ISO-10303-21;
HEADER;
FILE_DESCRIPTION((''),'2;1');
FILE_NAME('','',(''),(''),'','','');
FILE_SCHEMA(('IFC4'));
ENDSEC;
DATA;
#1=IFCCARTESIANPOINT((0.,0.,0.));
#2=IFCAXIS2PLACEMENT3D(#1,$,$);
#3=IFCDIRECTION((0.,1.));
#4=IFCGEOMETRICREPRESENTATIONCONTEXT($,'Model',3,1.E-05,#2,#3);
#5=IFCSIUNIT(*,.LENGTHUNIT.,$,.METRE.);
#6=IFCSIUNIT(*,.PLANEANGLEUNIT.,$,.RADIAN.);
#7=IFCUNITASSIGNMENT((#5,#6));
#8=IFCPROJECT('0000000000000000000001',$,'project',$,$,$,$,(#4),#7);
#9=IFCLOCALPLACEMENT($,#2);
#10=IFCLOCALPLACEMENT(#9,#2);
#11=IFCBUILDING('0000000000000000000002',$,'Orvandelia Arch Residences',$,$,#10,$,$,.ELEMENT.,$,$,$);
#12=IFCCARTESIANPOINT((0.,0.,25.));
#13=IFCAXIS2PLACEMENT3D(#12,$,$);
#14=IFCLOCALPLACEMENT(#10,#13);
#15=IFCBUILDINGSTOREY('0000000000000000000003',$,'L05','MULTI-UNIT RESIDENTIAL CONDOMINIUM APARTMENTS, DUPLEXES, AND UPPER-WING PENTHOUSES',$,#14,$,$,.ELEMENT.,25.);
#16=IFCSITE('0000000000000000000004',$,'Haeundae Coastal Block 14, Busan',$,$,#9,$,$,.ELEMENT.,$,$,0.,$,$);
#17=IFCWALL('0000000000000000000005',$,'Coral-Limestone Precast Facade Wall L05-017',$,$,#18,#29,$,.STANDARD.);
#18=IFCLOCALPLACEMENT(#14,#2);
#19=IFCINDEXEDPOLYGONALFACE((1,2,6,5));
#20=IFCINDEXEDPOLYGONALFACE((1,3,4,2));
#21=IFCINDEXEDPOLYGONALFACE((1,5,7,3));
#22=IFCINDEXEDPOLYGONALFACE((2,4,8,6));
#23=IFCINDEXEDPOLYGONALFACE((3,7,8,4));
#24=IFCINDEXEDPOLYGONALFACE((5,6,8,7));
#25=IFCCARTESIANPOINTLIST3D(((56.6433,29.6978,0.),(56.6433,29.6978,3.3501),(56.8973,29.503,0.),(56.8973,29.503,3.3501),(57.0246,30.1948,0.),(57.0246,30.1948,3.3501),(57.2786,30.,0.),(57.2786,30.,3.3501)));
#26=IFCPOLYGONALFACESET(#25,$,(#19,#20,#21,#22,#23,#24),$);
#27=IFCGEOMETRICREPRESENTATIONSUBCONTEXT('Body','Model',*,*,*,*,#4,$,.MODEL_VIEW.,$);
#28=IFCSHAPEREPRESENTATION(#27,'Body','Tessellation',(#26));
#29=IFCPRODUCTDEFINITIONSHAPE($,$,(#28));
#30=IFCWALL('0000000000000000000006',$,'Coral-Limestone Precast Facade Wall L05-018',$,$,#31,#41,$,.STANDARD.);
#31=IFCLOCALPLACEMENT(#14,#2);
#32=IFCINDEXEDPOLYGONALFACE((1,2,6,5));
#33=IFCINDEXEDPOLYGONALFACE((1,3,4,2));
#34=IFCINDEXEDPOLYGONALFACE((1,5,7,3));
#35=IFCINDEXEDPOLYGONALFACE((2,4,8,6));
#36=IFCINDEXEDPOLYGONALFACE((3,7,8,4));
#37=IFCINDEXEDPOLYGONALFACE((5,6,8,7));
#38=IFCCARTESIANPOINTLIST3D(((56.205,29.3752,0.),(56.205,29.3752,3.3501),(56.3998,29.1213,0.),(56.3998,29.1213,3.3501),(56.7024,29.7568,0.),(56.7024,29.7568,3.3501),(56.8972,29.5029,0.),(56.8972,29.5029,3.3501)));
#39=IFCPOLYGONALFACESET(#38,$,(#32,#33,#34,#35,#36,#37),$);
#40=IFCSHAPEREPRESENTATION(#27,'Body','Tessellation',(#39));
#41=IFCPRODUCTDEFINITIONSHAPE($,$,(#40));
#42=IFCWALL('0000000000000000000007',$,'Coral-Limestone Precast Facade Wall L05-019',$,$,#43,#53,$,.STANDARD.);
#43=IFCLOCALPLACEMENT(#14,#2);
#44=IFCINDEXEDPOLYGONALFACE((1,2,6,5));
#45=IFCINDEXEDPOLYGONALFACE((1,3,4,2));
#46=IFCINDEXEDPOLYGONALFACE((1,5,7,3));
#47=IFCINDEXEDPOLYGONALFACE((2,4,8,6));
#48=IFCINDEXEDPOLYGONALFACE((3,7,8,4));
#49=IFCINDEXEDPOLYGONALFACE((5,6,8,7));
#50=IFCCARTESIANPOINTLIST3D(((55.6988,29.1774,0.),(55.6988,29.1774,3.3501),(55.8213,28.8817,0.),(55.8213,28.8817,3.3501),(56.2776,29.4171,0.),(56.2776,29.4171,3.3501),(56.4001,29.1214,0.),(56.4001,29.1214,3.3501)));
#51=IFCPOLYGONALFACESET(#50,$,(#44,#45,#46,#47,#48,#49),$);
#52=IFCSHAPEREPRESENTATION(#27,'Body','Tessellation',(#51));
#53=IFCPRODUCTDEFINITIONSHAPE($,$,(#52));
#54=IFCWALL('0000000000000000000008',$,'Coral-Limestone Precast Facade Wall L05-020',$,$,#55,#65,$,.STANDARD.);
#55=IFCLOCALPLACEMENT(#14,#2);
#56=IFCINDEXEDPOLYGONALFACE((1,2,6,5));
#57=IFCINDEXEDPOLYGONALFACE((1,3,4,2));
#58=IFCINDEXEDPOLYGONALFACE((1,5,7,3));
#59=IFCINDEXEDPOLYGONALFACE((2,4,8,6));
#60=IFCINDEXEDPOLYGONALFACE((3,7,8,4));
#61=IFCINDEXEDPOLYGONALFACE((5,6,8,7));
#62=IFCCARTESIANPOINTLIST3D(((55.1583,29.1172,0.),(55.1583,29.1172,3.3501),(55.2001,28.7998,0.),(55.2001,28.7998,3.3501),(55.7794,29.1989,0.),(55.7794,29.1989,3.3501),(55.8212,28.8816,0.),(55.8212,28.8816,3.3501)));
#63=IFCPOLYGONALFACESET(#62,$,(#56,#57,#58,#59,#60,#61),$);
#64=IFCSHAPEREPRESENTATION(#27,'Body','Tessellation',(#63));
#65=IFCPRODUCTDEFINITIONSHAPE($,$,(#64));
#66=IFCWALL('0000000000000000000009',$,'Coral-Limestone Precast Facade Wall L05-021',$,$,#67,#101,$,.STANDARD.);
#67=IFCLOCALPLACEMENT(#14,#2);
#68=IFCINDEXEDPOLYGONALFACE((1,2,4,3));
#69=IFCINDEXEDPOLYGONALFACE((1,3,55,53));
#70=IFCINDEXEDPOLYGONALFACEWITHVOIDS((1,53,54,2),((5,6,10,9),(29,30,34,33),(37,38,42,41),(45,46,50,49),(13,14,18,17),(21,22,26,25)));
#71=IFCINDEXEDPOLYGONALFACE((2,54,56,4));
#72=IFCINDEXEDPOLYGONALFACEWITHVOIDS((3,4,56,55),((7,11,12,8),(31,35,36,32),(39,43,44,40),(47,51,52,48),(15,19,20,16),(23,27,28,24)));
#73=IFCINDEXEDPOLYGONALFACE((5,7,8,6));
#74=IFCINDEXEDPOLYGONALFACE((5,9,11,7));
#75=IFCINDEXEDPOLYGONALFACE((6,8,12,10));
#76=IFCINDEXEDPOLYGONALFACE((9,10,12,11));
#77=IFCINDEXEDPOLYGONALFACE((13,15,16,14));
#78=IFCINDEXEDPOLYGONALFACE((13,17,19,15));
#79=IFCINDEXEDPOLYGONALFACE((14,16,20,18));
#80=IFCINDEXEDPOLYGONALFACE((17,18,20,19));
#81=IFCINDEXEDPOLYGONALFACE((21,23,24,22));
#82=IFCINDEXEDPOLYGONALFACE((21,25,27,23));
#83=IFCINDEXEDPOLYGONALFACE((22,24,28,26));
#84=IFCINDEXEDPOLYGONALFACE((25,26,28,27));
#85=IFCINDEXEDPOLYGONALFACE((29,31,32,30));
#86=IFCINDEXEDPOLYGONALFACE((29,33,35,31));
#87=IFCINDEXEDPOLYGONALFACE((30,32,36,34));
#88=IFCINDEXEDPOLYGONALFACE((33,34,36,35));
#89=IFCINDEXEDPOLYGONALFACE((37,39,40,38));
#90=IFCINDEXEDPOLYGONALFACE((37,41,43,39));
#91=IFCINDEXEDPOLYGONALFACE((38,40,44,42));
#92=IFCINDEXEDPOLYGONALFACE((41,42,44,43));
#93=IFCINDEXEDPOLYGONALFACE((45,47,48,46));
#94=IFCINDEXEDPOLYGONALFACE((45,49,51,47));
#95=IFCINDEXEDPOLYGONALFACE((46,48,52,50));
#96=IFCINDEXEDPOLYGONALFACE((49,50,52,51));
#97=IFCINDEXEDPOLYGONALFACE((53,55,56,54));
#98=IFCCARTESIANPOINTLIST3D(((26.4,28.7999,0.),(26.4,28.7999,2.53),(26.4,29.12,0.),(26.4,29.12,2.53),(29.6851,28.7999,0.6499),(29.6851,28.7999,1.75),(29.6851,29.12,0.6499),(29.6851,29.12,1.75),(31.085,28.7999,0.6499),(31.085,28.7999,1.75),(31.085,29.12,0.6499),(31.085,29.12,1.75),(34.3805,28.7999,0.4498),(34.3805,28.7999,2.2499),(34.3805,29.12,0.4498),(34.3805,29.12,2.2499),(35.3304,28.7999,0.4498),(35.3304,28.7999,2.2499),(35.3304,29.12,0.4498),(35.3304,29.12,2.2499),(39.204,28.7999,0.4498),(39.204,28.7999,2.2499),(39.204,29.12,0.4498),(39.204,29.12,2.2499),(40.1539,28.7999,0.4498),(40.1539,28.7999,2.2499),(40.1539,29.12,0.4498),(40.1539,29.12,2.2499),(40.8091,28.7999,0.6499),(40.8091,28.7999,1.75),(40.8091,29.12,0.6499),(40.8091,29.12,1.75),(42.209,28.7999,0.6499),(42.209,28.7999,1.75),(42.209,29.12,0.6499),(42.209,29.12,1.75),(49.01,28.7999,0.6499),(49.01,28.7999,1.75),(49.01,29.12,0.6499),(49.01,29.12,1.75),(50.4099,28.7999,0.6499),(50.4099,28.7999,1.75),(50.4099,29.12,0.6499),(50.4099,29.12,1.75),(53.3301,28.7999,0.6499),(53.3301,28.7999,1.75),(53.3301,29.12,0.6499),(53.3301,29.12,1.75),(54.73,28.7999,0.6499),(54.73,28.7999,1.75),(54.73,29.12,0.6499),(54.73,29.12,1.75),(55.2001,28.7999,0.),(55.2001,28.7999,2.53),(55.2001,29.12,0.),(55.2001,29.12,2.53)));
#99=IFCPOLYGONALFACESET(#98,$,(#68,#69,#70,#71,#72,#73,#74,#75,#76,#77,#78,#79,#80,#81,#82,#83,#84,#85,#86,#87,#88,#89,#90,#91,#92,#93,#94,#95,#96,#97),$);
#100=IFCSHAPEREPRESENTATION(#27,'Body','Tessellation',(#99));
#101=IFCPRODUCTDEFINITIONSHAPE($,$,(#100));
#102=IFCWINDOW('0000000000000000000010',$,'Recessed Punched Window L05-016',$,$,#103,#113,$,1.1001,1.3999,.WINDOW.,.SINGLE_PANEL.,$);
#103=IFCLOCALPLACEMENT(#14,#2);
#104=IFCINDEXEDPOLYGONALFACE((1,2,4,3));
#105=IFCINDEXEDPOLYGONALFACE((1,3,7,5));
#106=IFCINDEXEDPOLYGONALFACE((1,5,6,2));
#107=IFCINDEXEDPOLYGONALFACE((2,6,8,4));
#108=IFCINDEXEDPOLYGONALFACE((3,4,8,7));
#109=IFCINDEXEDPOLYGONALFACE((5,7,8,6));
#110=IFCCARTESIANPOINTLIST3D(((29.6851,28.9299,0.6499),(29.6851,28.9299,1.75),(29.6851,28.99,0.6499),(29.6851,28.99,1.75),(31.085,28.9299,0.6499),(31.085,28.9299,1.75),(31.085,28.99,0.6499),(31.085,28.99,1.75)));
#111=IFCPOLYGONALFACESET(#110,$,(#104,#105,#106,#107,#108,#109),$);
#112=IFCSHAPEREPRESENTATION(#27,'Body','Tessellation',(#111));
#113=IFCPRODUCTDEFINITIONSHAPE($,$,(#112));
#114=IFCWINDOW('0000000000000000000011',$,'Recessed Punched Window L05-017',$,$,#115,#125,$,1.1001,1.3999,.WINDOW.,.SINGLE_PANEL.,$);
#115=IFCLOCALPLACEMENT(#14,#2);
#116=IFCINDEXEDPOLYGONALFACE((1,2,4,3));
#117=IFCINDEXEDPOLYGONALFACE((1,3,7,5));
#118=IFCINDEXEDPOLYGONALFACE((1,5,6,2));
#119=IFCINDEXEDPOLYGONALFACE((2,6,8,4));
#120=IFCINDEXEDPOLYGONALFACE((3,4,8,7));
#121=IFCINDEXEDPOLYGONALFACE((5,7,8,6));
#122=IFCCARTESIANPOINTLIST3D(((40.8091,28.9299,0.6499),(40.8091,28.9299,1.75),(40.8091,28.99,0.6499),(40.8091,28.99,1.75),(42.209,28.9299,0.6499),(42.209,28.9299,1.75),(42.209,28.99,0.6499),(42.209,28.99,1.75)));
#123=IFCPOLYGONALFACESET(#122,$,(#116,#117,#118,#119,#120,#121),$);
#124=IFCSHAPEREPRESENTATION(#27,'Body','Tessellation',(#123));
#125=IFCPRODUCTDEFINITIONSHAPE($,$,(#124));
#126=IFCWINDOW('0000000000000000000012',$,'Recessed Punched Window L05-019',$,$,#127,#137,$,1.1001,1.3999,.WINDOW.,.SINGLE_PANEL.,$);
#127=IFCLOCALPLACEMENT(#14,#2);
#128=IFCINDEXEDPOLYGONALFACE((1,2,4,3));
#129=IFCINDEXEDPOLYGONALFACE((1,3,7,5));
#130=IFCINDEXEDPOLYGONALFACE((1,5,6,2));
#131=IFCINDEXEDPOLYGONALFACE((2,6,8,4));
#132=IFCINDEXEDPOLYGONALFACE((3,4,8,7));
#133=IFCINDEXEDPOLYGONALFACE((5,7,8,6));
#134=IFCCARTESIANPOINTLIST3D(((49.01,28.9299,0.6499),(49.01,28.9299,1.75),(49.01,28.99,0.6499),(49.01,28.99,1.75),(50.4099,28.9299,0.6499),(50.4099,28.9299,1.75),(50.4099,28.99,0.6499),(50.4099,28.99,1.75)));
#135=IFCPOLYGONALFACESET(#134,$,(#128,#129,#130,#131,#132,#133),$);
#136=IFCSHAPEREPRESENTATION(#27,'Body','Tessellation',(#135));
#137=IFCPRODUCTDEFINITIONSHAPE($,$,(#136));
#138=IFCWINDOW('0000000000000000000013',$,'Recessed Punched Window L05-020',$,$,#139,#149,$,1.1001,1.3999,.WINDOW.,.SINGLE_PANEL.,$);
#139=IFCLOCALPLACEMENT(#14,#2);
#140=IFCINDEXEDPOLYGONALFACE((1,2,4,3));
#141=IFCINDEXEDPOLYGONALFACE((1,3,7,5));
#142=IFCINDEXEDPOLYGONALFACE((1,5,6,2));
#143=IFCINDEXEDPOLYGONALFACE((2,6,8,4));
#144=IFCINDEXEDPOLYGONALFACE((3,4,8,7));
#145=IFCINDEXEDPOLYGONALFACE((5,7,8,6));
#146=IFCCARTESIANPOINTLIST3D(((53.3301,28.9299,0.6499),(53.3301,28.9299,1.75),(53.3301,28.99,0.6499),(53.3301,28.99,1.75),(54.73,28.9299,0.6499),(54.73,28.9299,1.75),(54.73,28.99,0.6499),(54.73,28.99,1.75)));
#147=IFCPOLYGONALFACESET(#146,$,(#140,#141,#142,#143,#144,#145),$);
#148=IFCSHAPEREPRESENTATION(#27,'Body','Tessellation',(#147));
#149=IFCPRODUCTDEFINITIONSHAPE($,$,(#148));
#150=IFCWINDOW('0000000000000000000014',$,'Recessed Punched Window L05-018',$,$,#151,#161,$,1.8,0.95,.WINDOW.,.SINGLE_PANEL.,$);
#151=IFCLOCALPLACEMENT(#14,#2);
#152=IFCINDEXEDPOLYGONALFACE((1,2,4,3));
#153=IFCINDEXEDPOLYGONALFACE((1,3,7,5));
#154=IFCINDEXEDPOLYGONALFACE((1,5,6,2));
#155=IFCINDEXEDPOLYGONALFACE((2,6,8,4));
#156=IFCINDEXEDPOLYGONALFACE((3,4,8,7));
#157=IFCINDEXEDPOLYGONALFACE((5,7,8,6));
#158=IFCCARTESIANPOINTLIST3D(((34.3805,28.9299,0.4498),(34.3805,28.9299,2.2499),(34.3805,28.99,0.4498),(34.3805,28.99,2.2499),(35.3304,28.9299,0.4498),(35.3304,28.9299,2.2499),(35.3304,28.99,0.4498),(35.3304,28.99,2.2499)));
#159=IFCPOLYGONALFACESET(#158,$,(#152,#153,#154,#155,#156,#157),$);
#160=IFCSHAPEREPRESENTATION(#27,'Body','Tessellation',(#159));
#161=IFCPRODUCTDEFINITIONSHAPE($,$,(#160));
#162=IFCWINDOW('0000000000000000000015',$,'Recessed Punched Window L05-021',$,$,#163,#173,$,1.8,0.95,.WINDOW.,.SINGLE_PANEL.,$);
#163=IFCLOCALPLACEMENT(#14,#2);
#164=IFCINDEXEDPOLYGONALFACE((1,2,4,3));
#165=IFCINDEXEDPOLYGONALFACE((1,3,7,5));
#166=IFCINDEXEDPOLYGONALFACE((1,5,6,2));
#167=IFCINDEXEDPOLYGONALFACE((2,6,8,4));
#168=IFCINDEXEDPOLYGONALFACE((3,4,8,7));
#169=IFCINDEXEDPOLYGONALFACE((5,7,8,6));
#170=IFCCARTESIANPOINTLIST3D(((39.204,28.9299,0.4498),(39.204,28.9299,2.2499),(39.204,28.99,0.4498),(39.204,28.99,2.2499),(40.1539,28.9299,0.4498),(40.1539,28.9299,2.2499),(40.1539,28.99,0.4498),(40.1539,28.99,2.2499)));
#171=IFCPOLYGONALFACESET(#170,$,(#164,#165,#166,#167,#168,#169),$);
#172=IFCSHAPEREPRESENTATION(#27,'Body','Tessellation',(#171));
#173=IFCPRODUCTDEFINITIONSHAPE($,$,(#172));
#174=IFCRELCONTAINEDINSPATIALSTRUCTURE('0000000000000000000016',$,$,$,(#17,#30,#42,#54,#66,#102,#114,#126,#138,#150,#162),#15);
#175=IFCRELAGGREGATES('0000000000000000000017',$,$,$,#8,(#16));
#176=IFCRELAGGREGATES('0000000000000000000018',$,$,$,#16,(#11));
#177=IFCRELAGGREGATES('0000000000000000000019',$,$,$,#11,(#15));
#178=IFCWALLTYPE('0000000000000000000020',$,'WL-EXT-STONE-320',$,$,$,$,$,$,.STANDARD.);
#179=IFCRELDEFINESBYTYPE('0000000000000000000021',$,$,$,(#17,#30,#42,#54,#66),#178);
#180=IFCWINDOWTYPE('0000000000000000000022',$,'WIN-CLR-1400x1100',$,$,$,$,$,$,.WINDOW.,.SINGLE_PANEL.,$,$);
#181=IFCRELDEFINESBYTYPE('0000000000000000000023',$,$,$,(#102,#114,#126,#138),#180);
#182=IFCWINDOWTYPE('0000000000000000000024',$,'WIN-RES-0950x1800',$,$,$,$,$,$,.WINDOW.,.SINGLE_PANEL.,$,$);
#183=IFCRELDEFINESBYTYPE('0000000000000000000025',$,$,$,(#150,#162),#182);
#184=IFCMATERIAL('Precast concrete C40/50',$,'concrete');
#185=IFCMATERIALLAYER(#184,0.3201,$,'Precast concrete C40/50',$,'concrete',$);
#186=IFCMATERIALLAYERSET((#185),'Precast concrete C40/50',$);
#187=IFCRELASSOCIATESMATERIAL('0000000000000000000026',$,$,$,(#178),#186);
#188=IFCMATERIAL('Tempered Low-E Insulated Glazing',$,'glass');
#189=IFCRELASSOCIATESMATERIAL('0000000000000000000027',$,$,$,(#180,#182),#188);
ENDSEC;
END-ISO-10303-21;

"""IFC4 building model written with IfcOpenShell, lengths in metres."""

from ifc_helpers import new_model, si_unit, direction, frame, frame_2d, origin, place, context, subcontext, project, spatial, rectangle, extrude, material, layer, layer_set, type_object, element, fill, save


model = new_model("IFC4")

# Units and contexts
model_context = context("Model", 3, precision=1e-05, world=origin(), true_north=direction((0.0, 1.0)))
body_context = subcontext(model_context, "Body", "Model", "MODEL_VIEW")
ifc_project = project(units=[si_unit("LENGTHUNIT", "METRE"), si_unit("PLANEANGLEUNIT", "RADIAN")], contexts=[model_context])

# Site, building, storey
site_placement = place(None, origin())
site = spatial("IfcSite", under=ifc_project, at=site_placement, Name="Haeundae Coastal Block 14, Busan", CompositionType="ELEMENT", RefElevation=0.0)
building_placement = place(site_placement, origin())
building = spatial("IfcBuilding", under=site, at=building_placement, Name="Orvandelia Arch Residences", CompositionType="ELEMENT")
storey_placement = place(building_placement, frame((0.0, 0.0, 25.0)))
storey = spatial("IfcBuildingStorey", under=building, at=storey_placement, Name="L05", Description="MULTI-UNIT RESIDENTIAL CONDOMINIUM APARTMENTS, DUPLEXES, AND UPPER-WING PENTHOUSES", CompositionType="ELEMENT", Elevation=25.0)

# Walls
ifc_material_1 = material(Name="Precast concrete C40/50", Category="concrete")
ifc_layer_1 = layer(ifc_material_1, 0.3201, Name="Precast concrete C40/50", Category="concrete")
ifc_layer_set_1 = layer_set([ifc_layer_1], Name="Precast concrete C40/50")
wall_type_1 = type_object("IfcWallType", Name="WL-EXT-STONE-320", PredefinedType="STANDARD", material=ifc_layer_set_1)
wall_1_placement = place(storey_placement, frame((57.1516, 30.0974, 0.0), z_axis=(0.0, 0.0, 1.0), x_axis=(-0.608693, -0.793406, 0.0)))
element("IfcWall", 1, at=wall_1_placement, inside=storey, type_object=wall_type_1, Name="Coral-Limestone Precast Facade Wall L05-017", PredefinedType="STANDARD", context=body_context, shape_type="SweptSolid", body=[
    extrude(rectangle(XDim=0.6265, YDim=0.3201, at=frame_2d((0.3132, 0.0))), origin(), (0.0, 0.0, 1.0), 3.3501),
])
wall_2_placement = place(storey_placement, frame((56.7998, 29.6299, 0.0), z_axis=(0.0, 0.0, 1.0), x_axis=(-0.793362, -0.60875, 0.0)))
element("IfcWall", 2, at=wall_2_placement, inside=storey, type_object=wall_type_1, Name="Coral-Limestone Precast Facade Wall L05-018", PredefinedType="STANDARD", context=body_context, shape_type="SweptSolid", body=[
    extrude(rectangle(XDim=0.627, YDim=0.3201, at=frame_2d((0.3135, 0.0))), origin(), (0.0, 0.0, 1.0), 3.3501),
])
for number, where, z_axis, x_axis, name in (
    (3, (56.3389, 29.2693, 0.0), (0.0, 0.0, 1.0), (-0.923893, -0.38265, 0.0), "Coral-Limestone Precast Facade Wall L05-019"),
    (4, (55.8003, 29.0403, 0.0), (0.0, 0.0, 1.0), (-0.991441, -0.130555, 0.0), "Coral-Limestone Precast Facade Wall L05-020"),
):
    element("IfcWall", number, at=place(storey_placement, frame(where, z_axis=z_axis, x_axis=x_axis)), inside=storey, type_object=wall_type_1, Name=name, PredefinedType="STANDARD", context=body_context, shape_type="SweptSolid", body=[
        extrude(rectangle(XDim=0.6265, YDim=0.3201, at=frame_2d((0.3132, 0.0))), origin(), (0.0, 0.0, 1.0), 3.3501),
    ])

# Wall, openings, windows
wall_3_placement = place(storey_placement, frame((55.2, 28.96, 0.0), z_axis=(0.0, 0.0, 1.0), x_axis=(-1.0, 0.0, 0.0)))
wall_3 = element("IfcWall", 5, at=wall_3_placement, inside=storey, type_object=wall_type_1, Name="Coral-Limestone Precast Facade Wall L05-021", PredefinedType="STANDARD", context=body_context, shape_type="SweptSolid", body=[
    extrude(rectangle(XDim=28.8, YDim=0.3201, at=frame_2d((14.3999, 0.0))), origin(), (0.0, 0.0, 1.0), 2.53),
])
opening_1_placement = place(wall_3_placement, frame((24.115, 0.0, 0.6499)))
opening_1 = element("IfcOpeningElement", 6, at=opening_1_placement, cuts=wall_3, PredefinedType="OPENING", context=body_context, shape_type="SweptSolid", body=[
    extrude(rectangle(XDim=1.3999, YDim=1.1001, at=frame_2d((0.7, 0.55))), frame((0.0, 0.1699, 0.0), z_axis=(0.0, -1.0, 0.0), x_axis=(1.0, 0.0, 0.0)), (0.0, 0.0, 1.0), 0.3401),
])
opening_2_placement = place(wall_3_placement, frame((12.991, 0.0, 0.6499)))
opening_2 = element("IfcOpeningElement", 7, at=opening_2_placement, cuts=wall_3, PredefinedType="OPENING", context=body_context, shape_type="SweptSolid", body=[
    extrude(rectangle(XDim=1.3999, YDim=1.1001, at=frame_2d((0.7, 0.55))), frame((0.0, 0.1699, 0.0), z_axis=(0.0, -1.0, 0.0), x_axis=(1.0, 0.0, 0.0)), (0.0, 0.0, 1.0), 0.3401),
])
opening_3_placement = place(wall_3_placement, frame((19.8694, 0.0, 0.45)))
opening_3 = element("IfcOpeningElement", 8, at=opening_3_placement, cuts=wall_3, PredefinedType="OPENING", context=body_context, shape_type="SweptSolid", body=[
    extrude(rectangle(XDim=0.95, YDim=1.8, at=frame_2d((0.4751, 0.8999))), frame((0.0, 0.1699, 0.0), z_axis=(0.0, -1.0, 0.0), x_axis=(1.0, 0.0, 0.0)), (0.0, 0.0, 1.0), 0.3401),
])
opening_4_placement = place(wall_3_placement, frame((4.79, 0.0, 0.6499)))
opening_4 = element("IfcOpeningElement", 9, at=opening_4_placement, cuts=wall_3, PredefinedType="OPENING", context=body_context, shape_type="SweptSolid", body=[
    extrude(rectangle(XDim=1.3999, YDim=1.1001, at=frame_2d((0.7, 0.55))), frame((0.0, 0.1699, 0.0), z_axis=(0.0, -1.0, 0.0), x_axis=(1.0, 0.0, 0.0)), (0.0, 0.0, 1.0), 0.3401),
])
opening_5_placement = place(wall_3_placement, frame((0.47, 0.0, 0.6499)))
opening_5 = element("IfcOpeningElement", 10, at=opening_5_placement, cuts=wall_3, PredefinedType="OPENING", context=body_context, shape_type="SweptSolid", body=[
    extrude(rectangle(XDim=1.3999, YDim=1.1001, at=frame_2d((0.7, 0.55))), frame((0.0, 0.1699, 0.0), z_axis=(0.0, -1.0, 0.0), x_axis=(1.0, 0.0, 0.0)), (0.0, 0.0, 1.0), 0.3401),
])
opening_6_placement = place(wall_3_placement, frame((15.0459, 0.0, 0.45)))
opening_6 = element("IfcOpeningElement", 11, at=opening_6_placement, cuts=wall_3, PredefinedType="OPENING", context=body_context, shape_type="SweptSolid", body=[
    extrude(rectangle(XDim=0.95, YDim=1.8, at=frame_2d((0.4751, 0.8999))), frame((0.0, 0.1699, 0.0), z_axis=(0.0, -1.0, 0.0), x_axis=(1.0, 0.0, 0.0)), (0.0, 0.0, 1.0), 0.3401),
])
ifc_material_2 = material(Name="Tempered Low-E Insulated Glazing", Category="glass")
window_type_1 = type_object("IfcWindowType", Name="WIN-CLR-1400x1100", PartitioningType="SINGLE_PANEL", PredefinedType="WINDOW", material=ifc_material_2)
window_1_placement = place(opening_1_placement, origin())
window_1 = element("IfcWindow", 12, at=window_1_placement, inside=storey, type_object=window_type_1, Name="Recessed Punched Window L05-016", OverallHeight=1.1001, OverallWidth=1.3999, PartitioningType="SINGLE_PANEL", PredefinedType="WINDOW", context=body_context, shape_type="SweptSolid", body=[
    extrude(rectangle(XDim=1.3999, YDim=1.1001, at=frame_2d((0.7, 0.55))), frame((0.0, 0.03, 0.0), z_axis=(0.0, -1.0, 0.0), x_axis=(1.0, 0.0, 0.0)), (0.0, 0.0, 1.0), 0.0601),
])
fill(opening_1, window_1)
window_2_placement = place(opening_2_placement, origin())
window_2 = element("IfcWindow", 13, at=window_2_placement, inside=storey, type_object=window_type_1, Name="Recessed Punched Window L05-017", OverallHeight=1.1001, OverallWidth=1.3999, PartitioningType="SINGLE_PANEL", PredefinedType="WINDOW", context=body_context, shape_type="SweptSolid", body=[
    extrude(rectangle(XDim=1.3999, YDim=1.1001, at=frame_2d((0.7, 0.55))), frame((0.0, 0.03, 0.0), z_axis=(0.0, -1.0, 0.0), x_axis=(1.0, 0.0, 0.0)), (0.0, 0.0, 1.0), 0.0601),
])
fill(opening_2, window_2)
window_3_placement = place(opening_4_placement, origin())
window_3 = element("IfcWindow", 14, at=window_3_placement, inside=storey, type_object=window_type_1, Name="Recessed Punched Window L05-019", OverallHeight=1.1001, OverallWidth=1.3999, PartitioningType="SINGLE_PANEL", PredefinedType="WINDOW", context=body_context, shape_type="SweptSolid", body=[
    extrude(rectangle(XDim=1.3999, YDim=1.1001, at=frame_2d((0.7, 0.55))), frame((0.0, 0.03, 0.0), z_axis=(0.0, -1.0, 0.0), x_axis=(1.0, 0.0, 0.0)), (0.0, 0.0, 1.0), 0.0601),
])
fill(opening_4, window_3)
window_4_placement = place(opening_5_placement, origin())
window_4 = element("IfcWindow", 15, at=window_4_placement, inside=storey, type_object=window_type_1, Name="Recessed Punched Window L05-020", OverallHeight=1.1001, OverallWidth=1.3999, PartitioningType="SINGLE_PANEL", PredefinedType="WINDOW", context=body_context, shape_type="SweptSolid", body=[
    extrude(rectangle(XDim=1.3999, YDim=1.1001, at=frame_2d((0.7, 0.55))), frame((0.0, 0.03, 0.0), z_axis=(0.0, -1.0, 0.0), x_axis=(1.0, 0.0, 0.0)), (0.0, 0.0, 1.0), 0.0601),
])
fill(opening_5, window_4)
window_type_2 = type_object("IfcWindowType", Name="WIN-RES-0950x1800", PartitioningType="SINGLE_PANEL", PredefinedType="WINDOW", material=ifc_material_2)
window_5_placement = place(opening_3_placement, origin())
window_5 = element("IfcWindow", 16, at=window_5_placement, inside=storey, type_object=window_type_2, Name="Recessed Punched Window L05-018", OverallHeight=1.8, OverallWidth=0.95, PartitioningType="SINGLE_PANEL", PredefinedType="WINDOW", context=body_context, shape_type="SweptSolid", body=[
    extrude(rectangle(XDim=0.95, YDim=1.8, at=frame_2d((0.4751, 0.8999))), frame((0.0, 0.03, 0.0), z_axis=(0.0, -1.0, 0.0), x_axis=(1.0, 0.0, 0.0)), (0.0, 0.0, 1.0), 0.0601),
])
fill(opening_3, window_5)
window_6_placement = place(opening_6_placement, origin())
window_6 = element("IfcWindow", 17, at=window_6_placement, inside=storey, type_object=window_type_2, Name="Recessed Punched Window L05-021", OverallHeight=1.8, OverallWidth=0.95, PartitioningType="SINGLE_PANEL", PredefinedType="WINDOW", context=body_context, shape_type="SweptSolid", body=[
    extrude(rectangle(XDim=0.95, YDim=1.8, at=frame_2d((0.4751, 0.8999))), frame((0.0, 0.03, 0.0), z_axis=(0.0, -1.0, 0.0), x_axis=(1.0, 0.0, 0.0)), (0.0, 0.0, 1.0), 0.0601),
])
fill(opening_6, window_6)

save(model, "model.ifc")
